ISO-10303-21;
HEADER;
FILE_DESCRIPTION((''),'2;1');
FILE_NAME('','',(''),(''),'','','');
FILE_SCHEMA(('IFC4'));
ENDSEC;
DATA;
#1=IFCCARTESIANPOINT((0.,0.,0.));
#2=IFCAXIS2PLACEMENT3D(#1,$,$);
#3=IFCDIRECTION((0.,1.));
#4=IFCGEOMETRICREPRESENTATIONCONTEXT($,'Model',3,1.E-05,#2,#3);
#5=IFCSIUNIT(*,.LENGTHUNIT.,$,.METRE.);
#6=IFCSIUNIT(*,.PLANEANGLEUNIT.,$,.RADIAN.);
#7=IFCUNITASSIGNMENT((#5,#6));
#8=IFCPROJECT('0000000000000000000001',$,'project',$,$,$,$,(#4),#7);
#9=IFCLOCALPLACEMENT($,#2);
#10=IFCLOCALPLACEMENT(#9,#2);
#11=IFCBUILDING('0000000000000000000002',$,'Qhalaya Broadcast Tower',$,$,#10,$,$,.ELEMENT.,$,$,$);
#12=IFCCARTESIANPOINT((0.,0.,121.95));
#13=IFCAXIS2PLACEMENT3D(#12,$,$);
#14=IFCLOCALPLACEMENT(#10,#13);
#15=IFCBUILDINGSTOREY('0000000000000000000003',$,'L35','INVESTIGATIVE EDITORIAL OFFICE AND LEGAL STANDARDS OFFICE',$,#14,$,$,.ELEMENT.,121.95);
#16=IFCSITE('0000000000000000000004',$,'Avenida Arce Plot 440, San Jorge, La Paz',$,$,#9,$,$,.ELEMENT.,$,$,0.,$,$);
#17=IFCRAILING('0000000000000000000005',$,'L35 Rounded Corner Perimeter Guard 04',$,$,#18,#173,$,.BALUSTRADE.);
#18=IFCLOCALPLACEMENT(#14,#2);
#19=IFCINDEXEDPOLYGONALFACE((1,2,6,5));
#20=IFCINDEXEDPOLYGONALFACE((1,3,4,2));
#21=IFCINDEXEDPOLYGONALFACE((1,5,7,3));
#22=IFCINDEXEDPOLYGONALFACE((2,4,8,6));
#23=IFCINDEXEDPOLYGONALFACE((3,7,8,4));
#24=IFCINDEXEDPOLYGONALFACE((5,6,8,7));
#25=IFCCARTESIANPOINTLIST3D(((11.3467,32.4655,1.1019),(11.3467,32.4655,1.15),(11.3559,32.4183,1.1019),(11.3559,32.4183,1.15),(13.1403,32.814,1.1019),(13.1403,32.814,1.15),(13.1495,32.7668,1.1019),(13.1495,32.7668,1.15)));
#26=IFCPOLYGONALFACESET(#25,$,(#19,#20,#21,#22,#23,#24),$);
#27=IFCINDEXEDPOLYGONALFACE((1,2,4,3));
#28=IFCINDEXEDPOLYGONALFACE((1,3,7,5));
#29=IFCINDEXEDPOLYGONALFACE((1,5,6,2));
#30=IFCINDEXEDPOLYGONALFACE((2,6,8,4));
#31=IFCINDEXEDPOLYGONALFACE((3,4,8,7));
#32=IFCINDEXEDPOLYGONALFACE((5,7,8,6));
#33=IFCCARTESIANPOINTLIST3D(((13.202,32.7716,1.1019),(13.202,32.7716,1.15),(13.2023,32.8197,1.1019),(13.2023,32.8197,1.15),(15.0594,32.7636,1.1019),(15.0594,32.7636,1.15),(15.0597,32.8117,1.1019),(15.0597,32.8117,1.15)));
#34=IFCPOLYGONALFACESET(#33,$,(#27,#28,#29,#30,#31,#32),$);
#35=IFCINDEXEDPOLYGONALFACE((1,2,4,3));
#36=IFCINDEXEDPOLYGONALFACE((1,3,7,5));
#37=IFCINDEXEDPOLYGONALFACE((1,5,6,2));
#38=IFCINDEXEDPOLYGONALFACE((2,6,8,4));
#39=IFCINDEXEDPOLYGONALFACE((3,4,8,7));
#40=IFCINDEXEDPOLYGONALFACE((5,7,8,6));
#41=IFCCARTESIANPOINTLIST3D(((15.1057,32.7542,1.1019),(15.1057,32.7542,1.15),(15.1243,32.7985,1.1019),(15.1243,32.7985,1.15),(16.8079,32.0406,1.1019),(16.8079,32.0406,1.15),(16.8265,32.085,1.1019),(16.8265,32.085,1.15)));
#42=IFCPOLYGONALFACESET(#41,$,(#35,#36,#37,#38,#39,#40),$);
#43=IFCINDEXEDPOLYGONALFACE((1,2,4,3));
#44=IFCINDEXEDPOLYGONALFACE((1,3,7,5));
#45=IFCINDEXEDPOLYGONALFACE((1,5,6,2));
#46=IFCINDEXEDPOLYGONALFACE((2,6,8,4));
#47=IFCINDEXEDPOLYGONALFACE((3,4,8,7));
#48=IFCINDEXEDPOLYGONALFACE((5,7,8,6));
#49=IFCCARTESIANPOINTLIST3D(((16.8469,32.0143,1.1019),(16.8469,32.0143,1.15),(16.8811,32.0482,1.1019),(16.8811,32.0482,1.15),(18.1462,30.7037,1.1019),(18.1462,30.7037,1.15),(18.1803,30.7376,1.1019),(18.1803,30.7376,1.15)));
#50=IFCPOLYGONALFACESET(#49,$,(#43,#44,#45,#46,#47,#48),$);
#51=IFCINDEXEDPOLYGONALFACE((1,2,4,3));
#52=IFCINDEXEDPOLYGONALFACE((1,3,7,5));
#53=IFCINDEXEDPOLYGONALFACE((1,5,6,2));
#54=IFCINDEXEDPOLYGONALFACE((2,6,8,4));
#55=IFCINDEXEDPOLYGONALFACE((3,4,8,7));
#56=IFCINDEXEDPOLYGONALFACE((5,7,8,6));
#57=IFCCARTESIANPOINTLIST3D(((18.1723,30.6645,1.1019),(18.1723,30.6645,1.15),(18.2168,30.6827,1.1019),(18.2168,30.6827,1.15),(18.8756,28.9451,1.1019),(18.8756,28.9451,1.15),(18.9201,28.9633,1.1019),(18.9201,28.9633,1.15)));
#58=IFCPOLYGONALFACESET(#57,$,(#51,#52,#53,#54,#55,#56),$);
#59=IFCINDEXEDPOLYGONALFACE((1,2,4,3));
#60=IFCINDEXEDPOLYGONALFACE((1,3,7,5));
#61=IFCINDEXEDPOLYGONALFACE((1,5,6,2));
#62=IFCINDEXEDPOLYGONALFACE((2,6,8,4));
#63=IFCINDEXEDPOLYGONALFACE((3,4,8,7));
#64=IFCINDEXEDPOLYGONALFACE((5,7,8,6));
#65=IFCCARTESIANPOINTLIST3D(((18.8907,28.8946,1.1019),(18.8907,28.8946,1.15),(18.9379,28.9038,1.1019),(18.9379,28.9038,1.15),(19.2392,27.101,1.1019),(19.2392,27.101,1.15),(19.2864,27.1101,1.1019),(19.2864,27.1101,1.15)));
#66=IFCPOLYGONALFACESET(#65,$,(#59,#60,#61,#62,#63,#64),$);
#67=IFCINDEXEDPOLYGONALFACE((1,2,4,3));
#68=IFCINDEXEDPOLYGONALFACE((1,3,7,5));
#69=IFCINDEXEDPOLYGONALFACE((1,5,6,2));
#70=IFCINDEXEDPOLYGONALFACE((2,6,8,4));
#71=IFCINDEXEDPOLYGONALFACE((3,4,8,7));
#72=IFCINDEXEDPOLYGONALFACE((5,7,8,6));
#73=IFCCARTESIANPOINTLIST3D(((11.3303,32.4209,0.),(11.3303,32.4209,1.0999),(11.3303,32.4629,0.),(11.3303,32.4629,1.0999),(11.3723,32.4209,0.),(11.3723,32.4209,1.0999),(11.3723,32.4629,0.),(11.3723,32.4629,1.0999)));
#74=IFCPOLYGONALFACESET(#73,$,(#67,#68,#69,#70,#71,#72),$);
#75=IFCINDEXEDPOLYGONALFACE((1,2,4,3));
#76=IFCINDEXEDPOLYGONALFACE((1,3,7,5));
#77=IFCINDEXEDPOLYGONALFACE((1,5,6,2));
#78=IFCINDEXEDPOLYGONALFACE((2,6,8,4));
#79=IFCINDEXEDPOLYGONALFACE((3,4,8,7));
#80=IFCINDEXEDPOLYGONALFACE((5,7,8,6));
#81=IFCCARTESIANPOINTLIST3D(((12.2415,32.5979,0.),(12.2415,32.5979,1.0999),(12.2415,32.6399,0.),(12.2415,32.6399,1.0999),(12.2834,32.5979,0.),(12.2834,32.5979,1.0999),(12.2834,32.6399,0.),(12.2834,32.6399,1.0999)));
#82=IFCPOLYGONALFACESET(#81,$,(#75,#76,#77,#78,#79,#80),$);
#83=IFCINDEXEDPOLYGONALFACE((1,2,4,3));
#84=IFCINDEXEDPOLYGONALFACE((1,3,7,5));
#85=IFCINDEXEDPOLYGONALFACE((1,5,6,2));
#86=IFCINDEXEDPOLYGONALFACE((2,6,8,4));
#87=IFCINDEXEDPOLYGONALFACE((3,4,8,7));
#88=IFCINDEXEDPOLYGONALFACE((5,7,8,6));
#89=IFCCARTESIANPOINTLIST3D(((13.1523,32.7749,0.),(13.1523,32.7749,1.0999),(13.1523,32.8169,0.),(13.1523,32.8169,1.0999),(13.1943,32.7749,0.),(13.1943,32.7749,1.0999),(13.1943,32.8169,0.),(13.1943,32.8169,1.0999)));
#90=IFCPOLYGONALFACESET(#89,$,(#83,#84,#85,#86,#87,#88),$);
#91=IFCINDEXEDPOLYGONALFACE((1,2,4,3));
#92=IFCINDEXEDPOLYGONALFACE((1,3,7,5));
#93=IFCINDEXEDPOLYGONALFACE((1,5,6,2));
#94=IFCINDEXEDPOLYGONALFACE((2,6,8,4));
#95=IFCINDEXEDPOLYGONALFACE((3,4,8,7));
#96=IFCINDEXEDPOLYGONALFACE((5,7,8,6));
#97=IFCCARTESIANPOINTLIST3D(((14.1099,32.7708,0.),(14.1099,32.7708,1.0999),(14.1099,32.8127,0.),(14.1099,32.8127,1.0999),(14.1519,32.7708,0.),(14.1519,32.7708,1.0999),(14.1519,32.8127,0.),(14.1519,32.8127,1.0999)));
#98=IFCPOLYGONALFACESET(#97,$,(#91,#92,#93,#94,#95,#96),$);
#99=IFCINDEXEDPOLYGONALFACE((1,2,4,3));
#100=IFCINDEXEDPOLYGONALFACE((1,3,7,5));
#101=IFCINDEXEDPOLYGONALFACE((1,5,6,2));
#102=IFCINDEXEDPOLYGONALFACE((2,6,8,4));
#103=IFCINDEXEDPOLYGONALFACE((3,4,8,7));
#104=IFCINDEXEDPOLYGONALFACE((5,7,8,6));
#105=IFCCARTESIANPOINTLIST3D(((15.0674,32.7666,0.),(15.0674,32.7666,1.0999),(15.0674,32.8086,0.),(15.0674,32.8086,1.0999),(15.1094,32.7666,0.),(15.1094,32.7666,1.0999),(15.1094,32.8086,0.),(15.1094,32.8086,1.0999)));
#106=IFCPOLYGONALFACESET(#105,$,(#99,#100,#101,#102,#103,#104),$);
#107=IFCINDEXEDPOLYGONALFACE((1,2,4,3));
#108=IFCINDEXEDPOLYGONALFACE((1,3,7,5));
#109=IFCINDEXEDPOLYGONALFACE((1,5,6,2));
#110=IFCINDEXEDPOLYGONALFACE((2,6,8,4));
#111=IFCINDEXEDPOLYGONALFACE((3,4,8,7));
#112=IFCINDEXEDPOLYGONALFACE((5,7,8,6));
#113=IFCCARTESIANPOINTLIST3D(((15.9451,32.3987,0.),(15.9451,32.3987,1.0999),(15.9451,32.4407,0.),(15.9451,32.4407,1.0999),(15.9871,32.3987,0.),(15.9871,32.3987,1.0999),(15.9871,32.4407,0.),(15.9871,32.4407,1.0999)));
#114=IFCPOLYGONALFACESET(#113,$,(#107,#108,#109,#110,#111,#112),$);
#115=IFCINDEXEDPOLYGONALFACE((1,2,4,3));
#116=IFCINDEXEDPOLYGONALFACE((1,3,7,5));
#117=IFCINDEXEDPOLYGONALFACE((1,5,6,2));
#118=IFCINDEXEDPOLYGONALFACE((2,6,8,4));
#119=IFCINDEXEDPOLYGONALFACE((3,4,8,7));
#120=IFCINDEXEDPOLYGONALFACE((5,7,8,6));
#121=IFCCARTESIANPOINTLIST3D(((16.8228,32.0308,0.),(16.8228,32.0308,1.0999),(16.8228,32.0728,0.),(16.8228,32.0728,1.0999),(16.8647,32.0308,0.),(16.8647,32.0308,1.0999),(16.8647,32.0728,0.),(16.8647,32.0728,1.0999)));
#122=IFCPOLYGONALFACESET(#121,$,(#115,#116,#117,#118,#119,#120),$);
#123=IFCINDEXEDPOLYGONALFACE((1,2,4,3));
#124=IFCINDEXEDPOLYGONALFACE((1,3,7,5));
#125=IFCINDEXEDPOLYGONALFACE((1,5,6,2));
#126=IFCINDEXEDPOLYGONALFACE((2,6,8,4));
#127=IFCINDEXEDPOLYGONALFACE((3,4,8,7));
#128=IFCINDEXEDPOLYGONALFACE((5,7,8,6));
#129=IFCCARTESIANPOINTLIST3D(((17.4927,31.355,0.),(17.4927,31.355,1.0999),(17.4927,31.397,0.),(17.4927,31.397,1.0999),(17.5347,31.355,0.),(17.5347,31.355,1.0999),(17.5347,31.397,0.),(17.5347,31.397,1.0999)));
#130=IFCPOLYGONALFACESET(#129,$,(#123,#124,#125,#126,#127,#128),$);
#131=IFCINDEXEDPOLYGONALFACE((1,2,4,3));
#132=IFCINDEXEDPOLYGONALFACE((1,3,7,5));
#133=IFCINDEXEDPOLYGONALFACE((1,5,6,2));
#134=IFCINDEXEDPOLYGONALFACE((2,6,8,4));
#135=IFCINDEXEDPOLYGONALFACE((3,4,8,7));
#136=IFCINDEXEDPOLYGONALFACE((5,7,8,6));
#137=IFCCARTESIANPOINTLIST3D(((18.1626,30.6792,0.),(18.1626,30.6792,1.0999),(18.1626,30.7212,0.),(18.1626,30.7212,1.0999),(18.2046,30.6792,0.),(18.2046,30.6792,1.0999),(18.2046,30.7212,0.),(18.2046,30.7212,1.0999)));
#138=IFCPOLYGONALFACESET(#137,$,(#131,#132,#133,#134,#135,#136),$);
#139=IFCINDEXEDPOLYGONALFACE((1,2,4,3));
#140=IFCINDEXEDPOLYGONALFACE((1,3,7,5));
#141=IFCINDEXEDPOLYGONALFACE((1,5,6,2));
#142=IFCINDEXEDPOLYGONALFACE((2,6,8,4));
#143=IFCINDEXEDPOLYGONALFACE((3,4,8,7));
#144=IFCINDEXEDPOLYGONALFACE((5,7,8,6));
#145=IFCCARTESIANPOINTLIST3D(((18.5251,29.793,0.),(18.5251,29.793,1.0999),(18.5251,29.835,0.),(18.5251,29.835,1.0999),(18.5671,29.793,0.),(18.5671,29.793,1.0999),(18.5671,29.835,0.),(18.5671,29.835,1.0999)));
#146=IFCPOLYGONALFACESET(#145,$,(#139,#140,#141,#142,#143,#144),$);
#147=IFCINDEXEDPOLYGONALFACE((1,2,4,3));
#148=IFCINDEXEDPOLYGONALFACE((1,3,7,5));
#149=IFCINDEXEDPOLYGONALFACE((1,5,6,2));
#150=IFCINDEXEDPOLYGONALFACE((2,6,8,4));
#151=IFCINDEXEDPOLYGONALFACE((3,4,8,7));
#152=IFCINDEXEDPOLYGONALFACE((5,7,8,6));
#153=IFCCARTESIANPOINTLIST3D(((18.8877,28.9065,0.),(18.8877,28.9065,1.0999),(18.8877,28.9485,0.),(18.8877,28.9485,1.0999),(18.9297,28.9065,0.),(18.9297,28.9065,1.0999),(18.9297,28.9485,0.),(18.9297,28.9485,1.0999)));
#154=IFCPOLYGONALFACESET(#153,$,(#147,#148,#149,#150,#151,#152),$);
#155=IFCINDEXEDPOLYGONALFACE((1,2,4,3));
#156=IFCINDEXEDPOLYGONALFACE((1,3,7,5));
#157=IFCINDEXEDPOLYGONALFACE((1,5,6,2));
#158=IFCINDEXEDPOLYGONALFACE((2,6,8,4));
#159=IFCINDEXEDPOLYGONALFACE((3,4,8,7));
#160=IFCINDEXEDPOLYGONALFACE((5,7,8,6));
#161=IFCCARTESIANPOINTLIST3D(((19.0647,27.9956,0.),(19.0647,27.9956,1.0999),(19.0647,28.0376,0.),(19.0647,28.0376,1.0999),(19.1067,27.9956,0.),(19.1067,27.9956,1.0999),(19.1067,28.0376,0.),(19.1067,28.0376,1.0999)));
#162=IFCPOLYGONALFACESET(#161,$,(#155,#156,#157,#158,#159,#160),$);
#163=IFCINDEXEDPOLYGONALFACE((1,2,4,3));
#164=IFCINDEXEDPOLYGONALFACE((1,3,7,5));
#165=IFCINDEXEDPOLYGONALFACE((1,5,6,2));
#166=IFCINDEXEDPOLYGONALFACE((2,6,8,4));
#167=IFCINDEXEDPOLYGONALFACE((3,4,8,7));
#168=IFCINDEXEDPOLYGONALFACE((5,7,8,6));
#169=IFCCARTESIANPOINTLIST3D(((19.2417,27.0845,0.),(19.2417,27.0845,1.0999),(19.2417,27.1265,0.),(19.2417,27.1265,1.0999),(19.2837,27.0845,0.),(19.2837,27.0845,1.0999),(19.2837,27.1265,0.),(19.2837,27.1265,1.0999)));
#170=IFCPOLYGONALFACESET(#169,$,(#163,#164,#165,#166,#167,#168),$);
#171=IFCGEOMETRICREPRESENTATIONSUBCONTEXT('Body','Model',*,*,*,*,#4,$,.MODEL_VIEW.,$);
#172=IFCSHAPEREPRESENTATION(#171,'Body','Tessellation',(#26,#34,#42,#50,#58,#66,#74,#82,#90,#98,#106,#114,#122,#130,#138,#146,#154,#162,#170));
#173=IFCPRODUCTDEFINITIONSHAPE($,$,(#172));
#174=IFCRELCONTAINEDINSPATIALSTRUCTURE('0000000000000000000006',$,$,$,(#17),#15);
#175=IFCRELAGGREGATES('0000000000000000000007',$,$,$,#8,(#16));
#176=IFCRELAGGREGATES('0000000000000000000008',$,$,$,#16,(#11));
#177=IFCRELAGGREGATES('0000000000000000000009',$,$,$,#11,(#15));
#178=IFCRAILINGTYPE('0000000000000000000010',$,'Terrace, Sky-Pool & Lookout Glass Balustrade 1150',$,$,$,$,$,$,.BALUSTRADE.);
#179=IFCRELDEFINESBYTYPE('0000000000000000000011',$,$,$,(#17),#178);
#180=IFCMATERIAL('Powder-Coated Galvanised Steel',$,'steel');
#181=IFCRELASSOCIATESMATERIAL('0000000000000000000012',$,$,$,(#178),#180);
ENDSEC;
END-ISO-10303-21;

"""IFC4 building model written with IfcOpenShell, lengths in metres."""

from ifc_helpers import new_model, si_unit, direction, frame, origin, origin_2d, place, context, subcontext, project, spatial, rectangle, extrude, material, type_object, element, save


model = new_model("IFC4")

# Units and contexts
model_context = context("Model", 3, precision=1e-05, world=origin(), true_north=direction((0.0, 1.0)))
body_context = subcontext(model_context, "Body", "Model", "MODEL_VIEW")
ifc_project = project(units=[si_unit("LENGTHUNIT", "METRE"), si_unit("PLANEANGLEUNIT", "RADIAN")], contexts=[model_context])

# Site, building, storey
site_placement = place(None, origin())
site = spatial("IfcSite", under=ifc_project, at=site_placement, Name="Avenida Arce Plot 440, San Jorge, La Paz", CompositionType="ELEMENT", RefElevation=0.0)
building_placement = place(site_placement, origin())
building = spatial("IfcBuilding", under=site, at=building_placement, Name="Qhalaya Broadcast Tower", CompositionType="ELEMENT")
storey_placement = place(building_placement, frame((0.0, 0.0, 121.95)))
storey = spatial("IfcBuildingStorey", under=building, at=storey_placement, Name="L35", Description="INVESTIGATIVE EDITORIAL OFFICE AND LEGAL STANDARDS OFFICE", CompositionType="ELEMENT", Elevation=121.95)

# Railing
ifc_material_1 = material(Name="Powder-Coated Galvanised Steel", Category="steel")
railing_type = type_object("IfcRailingType", Name="Terrace, Sky-Pool & Lookout Glass Balustrade 1150", PredefinedType="BALUSTRADE", material=ifc_material_1)
railing_placement = place(storey_placement, frame((11.3513, 32.4419, 0.0)))
element("IfcRailing", 1, at=railing_placement, inside=storey, type_object=railing_type, Name="L35 Rounded Corner Perimeter Guard 04", PredefinedType="BALUSTRADE", context=body_context, shape_type="SweptSolid", body=[
    extrude(rectangle(XDim=0.0481, YDim=0.0481, at=origin_2d()), frame((0.0, 0.0, 1.126), z_axis=(0.981643, 0.190725, 0.0), x_axis=(-0.190725, 0.981643, 0.0)), (0.0, 0.0, 1.0), 1.8271),
    extrude(rectangle(XDim=0.0481, YDim=0.0481, at=origin_2d()), frame((1.8508, 0.3538, 1.126), z_axis=(0.999991, -0.004334, 0.0), x_axis=(0.004334, 0.999991, 0.0)), (0.0, 0.0, 1.0), 1.8574),
    extrude(rectangle(XDim=0.0481, YDim=0.0481, at=origin_2d()), frame((3.7637, 0.3345, 1.126), z_axis=(0.922247, -0.3866, 0.0), x_axis=(0.3866, 0.922247, 0.0)), (0.0, 0.0, 1.0), 1.8457),
    extrude(rectangle(XDim=0.0481, YDim=0.0481, at=origin_2d()), frame((5.5127, -0.4106, 1.126), z_axis=(0.704021, -0.710179, 0.0), x_axis=(0.710179, 0.704021, 0.0)), (0.0, 0.0, 1.0), 1.8455),
    extrude(rectangle(XDim=0.0481, YDim=0.0481, at=origin_2d()), frame((6.8433, -1.7683, 1.126), z_axis=(0.378588, -0.925565, 0.0), x_axis=(0.925565, 0.378588, 0.0)), (0.0, 0.0, 1.0), 1.8577),
    extrude(rectangle(XDim=0.0481, YDim=0.0481, at=origin_2d()), frame((7.563, -3.5427, 1.126), z_axis=(0.190725, -0.981643, 0.0), x_axis=(0.981643, 0.190725, 0.0)), (0.0, 0.0, 1.0), 1.8271),
    extrude(rectangle(XDim=0.042, YDim=0.042, at=origin_2d()), origin(), (0.0, 0.0, 1.0), 1.0999),
    extrude(rectangle(XDim=0.042, YDim=0.042, at=origin_2d()), frame((0.9111, 0.177, 0.0)), (0.0, 0.0, 1.0), 1.0999),
    extrude(rectangle(XDim=0.042, YDim=0.042, at=origin_2d()), frame((1.822, 0.354, 0.0)), (0.0, 0.0, 1.0), 1.0999),
    extrude(rectangle(XDim=0.042, YDim=0.042, at=origin_2d()), frame((2.7795, 0.3499, 0.0)), (0.0, 0.0, 1.0), 1.0999),
    extrude(rectangle(XDim=0.042, YDim=0.042, at=origin_2d()), frame((3.7371, 0.3457, 0.0)), (0.0, 0.0, 1.0), 1.0999),
    extrude(rectangle(XDim=0.042, YDim=0.042, at=origin_2d()), frame((4.6147, -0.0222, 0.0)), (0.0, 0.0, 1.0), 1.0999),
    extrude(rectangle(XDim=0.042, YDim=0.042, at=origin_2d()), frame((5.4924, -0.3901, 0.0)), (0.0, 0.0, 1.0), 1.0999),
    extrude(rectangle(XDim=0.042, YDim=0.042, at=origin_2d()), frame((6.1624, -1.0659, 0.0)), (0.0, 0.0, 1.0), 1.0999),
    extrude(rectangle(XDim=0.042, YDim=0.042, at=origin_2d()), frame((6.8323, -1.7417, 0.0)), (0.0, 0.0, 1.0), 1.0999),
    extrude(rectangle(XDim=0.042, YDim=0.042, at=origin_2d()), frame((7.1948, -2.6279, 0.0)), (0.0, 0.0, 1.0), 1.0999),
    extrude(rectangle(XDim=0.042, YDim=0.042, at=origin_2d()), frame((7.5574, -3.5144, 0.0)), (0.0, 0.0, 1.0), 1.0999),
    extrude(rectangle(XDim=0.042, YDim=0.042, at=origin_2d()), frame((7.7344, -4.4253, 0.0)), (0.0, 0.0, 1.0), 1.0999),
    extrude(rectangle(XDim=0.042, YDim=0.042, at=origin_2d()), frame((7.9114, -5.3364, 0.0)), (0.0, 0.0, 1.0), 1.0999),
])

save(model, "model.ifc")
